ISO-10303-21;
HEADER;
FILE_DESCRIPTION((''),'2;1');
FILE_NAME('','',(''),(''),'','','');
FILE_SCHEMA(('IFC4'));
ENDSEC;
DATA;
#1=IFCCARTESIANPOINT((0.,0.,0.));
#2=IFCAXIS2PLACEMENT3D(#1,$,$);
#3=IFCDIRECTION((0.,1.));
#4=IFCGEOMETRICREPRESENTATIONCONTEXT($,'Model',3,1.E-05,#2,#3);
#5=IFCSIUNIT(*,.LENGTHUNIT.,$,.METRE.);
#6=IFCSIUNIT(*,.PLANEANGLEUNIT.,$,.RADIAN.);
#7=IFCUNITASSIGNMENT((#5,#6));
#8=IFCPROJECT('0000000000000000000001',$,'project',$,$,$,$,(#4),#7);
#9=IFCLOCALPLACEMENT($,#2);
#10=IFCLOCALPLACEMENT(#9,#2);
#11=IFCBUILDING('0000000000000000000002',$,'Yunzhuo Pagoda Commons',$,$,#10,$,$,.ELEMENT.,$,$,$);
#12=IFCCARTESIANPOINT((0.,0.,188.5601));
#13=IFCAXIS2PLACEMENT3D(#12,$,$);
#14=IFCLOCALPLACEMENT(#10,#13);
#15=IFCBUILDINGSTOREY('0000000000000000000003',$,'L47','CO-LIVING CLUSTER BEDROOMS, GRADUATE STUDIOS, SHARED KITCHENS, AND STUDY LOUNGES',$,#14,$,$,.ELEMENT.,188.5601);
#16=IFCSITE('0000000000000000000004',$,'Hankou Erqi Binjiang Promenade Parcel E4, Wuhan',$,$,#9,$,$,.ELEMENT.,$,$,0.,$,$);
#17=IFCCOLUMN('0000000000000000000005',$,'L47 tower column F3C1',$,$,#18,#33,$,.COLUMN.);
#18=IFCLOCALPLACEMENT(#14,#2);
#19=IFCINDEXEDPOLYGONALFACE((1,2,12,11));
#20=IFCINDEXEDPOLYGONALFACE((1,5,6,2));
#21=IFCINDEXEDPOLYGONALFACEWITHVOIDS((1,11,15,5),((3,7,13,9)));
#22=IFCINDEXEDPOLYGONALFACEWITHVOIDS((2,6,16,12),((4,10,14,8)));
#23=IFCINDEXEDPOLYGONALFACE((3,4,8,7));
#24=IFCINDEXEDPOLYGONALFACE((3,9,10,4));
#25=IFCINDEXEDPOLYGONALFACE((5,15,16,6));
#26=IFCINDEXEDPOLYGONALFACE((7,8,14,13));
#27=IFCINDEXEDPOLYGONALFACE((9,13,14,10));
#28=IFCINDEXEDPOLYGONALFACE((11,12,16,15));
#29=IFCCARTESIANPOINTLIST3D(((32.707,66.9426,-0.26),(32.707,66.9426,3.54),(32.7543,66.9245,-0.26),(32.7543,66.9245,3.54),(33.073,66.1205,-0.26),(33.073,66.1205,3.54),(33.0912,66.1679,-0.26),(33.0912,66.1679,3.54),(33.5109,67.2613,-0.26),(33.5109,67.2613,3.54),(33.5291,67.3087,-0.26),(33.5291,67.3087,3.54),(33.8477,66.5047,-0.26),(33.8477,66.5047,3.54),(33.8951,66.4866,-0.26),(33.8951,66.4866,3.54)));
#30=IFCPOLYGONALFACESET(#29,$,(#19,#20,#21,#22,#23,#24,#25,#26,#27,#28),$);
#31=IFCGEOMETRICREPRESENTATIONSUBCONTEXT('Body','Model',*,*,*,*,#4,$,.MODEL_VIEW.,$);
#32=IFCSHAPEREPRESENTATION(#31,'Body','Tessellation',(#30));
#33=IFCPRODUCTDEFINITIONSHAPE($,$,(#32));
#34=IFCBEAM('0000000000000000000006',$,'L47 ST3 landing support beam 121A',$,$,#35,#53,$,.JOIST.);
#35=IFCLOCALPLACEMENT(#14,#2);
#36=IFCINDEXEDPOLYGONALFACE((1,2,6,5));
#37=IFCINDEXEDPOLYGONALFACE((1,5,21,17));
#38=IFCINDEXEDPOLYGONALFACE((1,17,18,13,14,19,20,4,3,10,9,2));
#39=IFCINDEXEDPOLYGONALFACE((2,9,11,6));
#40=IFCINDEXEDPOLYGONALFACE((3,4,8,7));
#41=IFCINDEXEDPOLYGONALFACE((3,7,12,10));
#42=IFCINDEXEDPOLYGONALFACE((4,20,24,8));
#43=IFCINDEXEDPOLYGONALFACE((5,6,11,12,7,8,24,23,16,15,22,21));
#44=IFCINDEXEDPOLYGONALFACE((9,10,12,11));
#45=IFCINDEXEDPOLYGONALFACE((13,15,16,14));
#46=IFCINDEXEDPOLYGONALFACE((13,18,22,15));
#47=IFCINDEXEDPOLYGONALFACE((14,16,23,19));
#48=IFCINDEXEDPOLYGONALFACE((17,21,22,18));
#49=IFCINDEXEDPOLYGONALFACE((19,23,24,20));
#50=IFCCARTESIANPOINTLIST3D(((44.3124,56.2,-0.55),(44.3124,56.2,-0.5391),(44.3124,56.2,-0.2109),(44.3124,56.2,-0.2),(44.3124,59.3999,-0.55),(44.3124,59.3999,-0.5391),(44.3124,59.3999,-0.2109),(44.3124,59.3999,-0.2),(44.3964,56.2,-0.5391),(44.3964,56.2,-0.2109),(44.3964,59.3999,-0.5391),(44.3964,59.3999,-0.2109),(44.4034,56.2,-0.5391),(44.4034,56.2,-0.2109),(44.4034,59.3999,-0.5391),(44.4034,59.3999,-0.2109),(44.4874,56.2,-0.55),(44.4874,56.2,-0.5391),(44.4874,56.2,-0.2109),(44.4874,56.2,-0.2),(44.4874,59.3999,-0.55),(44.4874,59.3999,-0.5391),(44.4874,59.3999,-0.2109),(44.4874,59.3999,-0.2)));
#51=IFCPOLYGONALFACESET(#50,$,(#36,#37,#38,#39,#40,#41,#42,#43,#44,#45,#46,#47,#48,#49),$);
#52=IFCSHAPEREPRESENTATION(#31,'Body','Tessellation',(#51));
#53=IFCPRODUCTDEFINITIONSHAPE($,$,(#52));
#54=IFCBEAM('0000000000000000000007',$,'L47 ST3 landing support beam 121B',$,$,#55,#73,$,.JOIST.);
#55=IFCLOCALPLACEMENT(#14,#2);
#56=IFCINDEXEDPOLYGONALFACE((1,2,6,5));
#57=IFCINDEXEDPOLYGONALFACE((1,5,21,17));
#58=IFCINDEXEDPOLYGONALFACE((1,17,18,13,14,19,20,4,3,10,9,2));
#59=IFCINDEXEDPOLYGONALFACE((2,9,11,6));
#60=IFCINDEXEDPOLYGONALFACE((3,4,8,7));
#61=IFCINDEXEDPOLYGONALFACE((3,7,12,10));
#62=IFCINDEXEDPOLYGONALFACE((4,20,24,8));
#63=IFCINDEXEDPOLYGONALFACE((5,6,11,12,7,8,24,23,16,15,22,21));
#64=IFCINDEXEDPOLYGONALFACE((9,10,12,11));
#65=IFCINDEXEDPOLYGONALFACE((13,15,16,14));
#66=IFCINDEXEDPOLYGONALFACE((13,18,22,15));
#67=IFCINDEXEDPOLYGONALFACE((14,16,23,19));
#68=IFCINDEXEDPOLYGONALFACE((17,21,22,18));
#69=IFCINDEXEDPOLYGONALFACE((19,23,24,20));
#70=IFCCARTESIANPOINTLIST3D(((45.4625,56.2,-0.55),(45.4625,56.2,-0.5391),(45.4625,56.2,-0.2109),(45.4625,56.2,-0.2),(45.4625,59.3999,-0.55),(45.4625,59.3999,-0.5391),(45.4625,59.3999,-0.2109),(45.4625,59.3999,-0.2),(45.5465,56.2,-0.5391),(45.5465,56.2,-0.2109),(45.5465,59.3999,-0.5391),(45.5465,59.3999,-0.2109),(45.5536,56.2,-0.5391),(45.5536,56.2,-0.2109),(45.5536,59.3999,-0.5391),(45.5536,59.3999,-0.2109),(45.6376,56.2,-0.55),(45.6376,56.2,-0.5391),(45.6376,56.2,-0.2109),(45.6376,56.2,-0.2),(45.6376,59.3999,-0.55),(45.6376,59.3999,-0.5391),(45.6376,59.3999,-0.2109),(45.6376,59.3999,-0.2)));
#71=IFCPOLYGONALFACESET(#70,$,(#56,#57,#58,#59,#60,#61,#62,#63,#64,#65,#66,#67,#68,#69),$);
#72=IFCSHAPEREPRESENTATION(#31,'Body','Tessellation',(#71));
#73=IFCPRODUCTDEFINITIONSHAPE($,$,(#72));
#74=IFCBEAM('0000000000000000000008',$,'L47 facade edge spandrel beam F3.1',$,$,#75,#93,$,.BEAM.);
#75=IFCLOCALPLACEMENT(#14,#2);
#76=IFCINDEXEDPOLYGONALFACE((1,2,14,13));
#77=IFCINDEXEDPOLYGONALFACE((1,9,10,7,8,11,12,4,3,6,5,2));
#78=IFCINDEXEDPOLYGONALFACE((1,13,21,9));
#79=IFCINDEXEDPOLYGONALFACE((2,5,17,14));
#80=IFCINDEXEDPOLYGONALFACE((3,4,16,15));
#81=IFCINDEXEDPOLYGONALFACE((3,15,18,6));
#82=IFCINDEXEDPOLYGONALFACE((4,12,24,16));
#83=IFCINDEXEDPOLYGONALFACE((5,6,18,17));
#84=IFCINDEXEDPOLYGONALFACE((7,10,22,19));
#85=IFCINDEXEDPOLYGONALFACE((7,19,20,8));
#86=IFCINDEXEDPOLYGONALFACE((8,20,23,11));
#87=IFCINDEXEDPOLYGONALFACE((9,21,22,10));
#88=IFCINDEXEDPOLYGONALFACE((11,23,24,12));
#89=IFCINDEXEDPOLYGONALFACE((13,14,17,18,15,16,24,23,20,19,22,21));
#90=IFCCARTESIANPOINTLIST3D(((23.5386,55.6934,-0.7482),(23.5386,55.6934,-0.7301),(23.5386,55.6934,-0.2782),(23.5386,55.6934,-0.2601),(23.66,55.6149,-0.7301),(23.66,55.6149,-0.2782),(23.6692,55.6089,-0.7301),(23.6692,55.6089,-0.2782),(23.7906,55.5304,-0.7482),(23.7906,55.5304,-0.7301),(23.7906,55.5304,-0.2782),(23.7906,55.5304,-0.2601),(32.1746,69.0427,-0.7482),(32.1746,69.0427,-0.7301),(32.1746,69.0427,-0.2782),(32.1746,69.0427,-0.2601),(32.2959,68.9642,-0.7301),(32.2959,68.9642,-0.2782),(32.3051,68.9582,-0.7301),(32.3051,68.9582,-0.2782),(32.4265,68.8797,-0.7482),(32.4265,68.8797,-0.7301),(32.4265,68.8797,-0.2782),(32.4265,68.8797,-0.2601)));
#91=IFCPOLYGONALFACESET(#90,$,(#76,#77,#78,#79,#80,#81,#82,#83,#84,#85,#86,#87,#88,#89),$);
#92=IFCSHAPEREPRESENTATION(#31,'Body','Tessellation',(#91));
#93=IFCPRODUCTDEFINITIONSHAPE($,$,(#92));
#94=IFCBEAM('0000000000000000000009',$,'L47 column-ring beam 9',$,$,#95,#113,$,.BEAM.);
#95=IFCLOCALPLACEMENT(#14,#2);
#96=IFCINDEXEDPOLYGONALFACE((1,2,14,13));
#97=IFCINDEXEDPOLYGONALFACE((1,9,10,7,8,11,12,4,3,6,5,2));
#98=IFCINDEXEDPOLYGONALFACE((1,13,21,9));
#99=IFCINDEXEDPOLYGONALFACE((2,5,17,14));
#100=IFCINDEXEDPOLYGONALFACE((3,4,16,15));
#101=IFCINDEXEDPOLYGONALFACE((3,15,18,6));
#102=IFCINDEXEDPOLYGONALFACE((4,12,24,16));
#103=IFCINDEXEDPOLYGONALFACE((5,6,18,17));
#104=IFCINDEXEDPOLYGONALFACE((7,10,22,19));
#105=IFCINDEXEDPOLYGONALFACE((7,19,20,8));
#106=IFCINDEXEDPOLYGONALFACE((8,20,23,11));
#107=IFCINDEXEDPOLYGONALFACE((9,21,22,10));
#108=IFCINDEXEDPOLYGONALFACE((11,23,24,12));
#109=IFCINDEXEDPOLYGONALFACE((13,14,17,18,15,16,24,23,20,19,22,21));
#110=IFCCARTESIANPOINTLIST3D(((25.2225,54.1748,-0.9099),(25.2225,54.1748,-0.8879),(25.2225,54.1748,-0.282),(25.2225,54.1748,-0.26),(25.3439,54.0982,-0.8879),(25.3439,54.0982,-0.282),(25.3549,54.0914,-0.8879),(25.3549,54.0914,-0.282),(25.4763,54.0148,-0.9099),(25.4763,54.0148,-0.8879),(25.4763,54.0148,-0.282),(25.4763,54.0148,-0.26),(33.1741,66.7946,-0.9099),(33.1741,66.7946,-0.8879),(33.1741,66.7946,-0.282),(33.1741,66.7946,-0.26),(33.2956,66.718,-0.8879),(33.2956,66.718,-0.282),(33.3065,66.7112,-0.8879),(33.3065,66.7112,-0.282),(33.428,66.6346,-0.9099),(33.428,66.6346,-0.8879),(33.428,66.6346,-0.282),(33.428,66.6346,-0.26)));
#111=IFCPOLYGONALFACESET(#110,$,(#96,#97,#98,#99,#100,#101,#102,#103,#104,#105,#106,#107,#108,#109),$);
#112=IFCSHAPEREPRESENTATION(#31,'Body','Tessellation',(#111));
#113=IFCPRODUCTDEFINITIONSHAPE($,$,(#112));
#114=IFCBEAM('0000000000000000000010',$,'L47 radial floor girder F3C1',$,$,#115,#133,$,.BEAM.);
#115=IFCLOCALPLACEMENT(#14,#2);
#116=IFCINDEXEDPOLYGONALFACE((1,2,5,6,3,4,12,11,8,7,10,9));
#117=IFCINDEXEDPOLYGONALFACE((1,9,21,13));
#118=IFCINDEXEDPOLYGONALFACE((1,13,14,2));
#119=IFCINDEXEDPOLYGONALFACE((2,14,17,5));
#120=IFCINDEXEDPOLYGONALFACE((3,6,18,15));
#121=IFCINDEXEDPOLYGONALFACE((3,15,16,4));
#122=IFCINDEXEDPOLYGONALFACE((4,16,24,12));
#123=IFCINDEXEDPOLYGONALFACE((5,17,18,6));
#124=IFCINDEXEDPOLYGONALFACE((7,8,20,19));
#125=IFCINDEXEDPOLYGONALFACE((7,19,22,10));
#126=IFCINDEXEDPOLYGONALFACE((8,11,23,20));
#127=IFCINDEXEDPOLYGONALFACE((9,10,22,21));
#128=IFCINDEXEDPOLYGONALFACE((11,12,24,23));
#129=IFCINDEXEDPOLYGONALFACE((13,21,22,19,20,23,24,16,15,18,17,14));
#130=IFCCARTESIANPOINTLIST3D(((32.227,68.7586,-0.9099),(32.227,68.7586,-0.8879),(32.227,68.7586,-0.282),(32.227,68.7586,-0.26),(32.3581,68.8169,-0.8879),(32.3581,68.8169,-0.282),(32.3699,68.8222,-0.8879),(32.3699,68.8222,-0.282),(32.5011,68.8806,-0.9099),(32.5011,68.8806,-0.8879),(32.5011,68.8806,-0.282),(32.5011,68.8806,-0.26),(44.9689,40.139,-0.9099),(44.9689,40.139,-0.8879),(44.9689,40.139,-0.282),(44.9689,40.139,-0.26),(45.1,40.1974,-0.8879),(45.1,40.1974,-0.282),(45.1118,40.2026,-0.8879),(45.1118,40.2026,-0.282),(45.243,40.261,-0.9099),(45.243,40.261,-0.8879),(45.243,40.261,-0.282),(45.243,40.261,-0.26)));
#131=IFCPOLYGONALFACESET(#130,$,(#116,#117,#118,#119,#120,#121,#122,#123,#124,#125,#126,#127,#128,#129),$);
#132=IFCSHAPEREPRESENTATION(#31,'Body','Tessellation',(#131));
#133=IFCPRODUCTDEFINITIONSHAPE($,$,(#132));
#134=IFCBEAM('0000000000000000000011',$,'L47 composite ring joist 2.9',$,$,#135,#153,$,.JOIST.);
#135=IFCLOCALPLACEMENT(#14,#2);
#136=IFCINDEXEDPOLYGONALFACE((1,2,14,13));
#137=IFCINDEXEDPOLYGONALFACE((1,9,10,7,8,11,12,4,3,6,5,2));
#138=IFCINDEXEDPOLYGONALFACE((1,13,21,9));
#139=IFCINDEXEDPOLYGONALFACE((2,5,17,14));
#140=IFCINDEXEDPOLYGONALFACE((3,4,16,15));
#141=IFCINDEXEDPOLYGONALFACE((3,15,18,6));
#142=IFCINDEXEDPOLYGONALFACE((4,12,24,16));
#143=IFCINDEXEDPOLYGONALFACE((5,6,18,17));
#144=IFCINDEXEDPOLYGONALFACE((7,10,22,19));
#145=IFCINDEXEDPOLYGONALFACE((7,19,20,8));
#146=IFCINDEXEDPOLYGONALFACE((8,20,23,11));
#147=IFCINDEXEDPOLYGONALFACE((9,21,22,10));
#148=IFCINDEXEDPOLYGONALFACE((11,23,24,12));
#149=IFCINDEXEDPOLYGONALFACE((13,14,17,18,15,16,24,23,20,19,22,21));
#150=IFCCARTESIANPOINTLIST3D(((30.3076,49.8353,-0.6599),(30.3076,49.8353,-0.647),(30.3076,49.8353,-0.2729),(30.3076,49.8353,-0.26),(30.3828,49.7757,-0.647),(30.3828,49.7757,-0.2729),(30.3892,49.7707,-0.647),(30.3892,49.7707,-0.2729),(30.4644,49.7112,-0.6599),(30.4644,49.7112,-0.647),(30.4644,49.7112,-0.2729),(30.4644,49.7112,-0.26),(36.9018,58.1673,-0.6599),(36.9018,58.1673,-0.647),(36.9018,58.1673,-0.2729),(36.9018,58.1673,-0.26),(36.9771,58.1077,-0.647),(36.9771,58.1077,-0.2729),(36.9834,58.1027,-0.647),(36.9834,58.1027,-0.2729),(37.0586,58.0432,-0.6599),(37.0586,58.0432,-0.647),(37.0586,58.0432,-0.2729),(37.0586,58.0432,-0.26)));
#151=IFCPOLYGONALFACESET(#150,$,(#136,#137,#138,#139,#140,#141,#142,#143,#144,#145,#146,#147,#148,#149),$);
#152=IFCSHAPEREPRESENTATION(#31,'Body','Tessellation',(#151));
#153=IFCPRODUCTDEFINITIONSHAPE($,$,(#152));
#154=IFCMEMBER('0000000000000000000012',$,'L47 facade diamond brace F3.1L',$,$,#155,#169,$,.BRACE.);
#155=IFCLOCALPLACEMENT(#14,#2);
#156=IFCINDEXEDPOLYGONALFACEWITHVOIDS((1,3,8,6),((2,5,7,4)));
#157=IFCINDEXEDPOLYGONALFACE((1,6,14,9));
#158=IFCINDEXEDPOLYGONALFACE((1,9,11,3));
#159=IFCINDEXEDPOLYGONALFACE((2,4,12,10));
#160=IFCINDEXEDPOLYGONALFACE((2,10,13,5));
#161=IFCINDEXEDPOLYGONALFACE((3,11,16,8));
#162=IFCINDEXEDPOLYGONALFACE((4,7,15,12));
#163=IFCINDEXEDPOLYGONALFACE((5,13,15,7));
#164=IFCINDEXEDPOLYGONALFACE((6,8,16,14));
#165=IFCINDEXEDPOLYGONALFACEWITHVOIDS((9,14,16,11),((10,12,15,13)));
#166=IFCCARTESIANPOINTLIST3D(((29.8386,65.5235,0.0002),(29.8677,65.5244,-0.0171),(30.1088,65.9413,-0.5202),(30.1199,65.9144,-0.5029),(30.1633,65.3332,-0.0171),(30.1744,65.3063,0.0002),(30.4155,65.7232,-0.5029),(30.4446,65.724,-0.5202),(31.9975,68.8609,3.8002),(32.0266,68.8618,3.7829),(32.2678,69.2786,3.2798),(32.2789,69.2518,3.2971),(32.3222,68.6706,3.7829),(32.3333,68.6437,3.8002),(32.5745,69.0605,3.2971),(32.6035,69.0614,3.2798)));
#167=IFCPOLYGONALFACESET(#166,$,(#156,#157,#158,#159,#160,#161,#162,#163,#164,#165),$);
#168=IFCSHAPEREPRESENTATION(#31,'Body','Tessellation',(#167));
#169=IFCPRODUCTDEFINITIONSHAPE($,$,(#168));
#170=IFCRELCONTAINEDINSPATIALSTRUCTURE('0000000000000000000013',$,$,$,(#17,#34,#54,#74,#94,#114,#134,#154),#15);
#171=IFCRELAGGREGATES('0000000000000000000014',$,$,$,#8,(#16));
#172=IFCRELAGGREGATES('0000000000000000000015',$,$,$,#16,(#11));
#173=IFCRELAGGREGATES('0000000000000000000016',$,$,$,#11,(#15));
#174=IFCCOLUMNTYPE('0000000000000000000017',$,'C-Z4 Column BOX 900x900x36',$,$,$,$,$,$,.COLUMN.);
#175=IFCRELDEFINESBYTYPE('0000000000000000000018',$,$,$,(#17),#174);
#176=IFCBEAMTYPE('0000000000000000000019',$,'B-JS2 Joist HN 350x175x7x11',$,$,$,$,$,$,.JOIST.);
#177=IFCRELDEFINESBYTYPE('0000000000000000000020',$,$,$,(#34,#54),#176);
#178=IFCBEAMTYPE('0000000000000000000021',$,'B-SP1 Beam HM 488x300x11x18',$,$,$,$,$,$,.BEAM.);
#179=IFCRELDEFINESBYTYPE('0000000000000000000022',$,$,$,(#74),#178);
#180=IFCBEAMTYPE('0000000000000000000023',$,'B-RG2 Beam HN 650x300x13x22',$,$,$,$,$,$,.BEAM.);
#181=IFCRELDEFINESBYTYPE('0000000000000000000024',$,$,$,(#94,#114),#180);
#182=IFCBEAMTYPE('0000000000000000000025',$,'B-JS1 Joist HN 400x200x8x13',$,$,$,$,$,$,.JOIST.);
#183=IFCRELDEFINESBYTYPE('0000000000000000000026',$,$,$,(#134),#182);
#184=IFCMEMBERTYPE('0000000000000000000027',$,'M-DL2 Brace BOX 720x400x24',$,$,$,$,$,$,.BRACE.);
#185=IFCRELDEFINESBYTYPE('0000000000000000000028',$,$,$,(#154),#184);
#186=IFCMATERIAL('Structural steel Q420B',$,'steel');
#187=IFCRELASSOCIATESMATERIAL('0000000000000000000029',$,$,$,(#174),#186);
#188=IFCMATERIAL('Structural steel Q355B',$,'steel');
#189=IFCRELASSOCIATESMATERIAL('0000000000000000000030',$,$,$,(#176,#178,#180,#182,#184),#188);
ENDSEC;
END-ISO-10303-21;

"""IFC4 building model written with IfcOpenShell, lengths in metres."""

from ifc_helpers import new_model, si_unit, direction, frame, origin, origin_2d, place, context, subcontext, project, spatial, hollow_rectangle, i_section, extrude, source, transform, mapped, material, material_profile, profile_set, type_object, element, save


model = new_model("IFC4")

# Units and contexts
model_context = context("Model", 3, precision=1e-05, world=origin(), true_north=direction((0.0, 1.0)))
body_context = subcontext(model_context, "Body", "Model", "MODEL_VIEW")
ifc_project = project(units=[si_unit("LENGTHUNIT", "METRE"), si_unit("PLANEANGLEUNIT", "RADIAN")], contexts=[model_context])

# Site, building, storey
site_placement = place(None, origin())
site = spatial("IfcSite", under=ifc_project, at=site_placement, Name="Hankou Erqi Binjiang Promenade Parcel E4, Wuhan", CompositionType="ELEMENT", RefElevation=0.0)
building_placement = place(site_placement, origin())
building = spatial("IfcBuilding", under=site, at=building_placement, Name="Yunzhuo Pagoda Commons", CompositionType="ELEMENT")
storey_placement = place(building_placement, frame((0.0, 0.0, 188.5601)))
storey = spatial("IfcBuildingStorey", under=building, at=storey_placement, Name="L47", Description="CO-LIVING CLUSTER BEDROOMS, GRADUATE STUDIOS, SHARED KITCHENS, AND STUDY LOUNGES", CompositionType="ELEMENT", Elevation=188.5601)

# Column
ifc_material_1 = material(Name="Structural steel Q420B", Category="steel")
ifc_material_profile_1 = material_profile(ifc_material_1, hollow_rectangle(XDim=0.8999, YDim=0.8999, WallThickness=0.0359, at=origin_2d()), Name="Structural steel Q420B")
ifc_profile_set_1 = profile_set([ifc_material_profile_1], Name="Structural steel Q420B")
column_type = type_object("IfcColumnType", Name="C-Z4 Column BOX 900x900x36", PredefinedType="COLUMN", material=ifc_profile_set_1)
shared_shape_1 = source(origin(), body_context, "Body", "SweptSolid", [
    extrude(hollow_rectangle(XDim=0.8999, YDim=0.8999, WallThickness=0.0359, at=origin_2d()), origin(), (0.0, 0.0, 1.0), 3.8),
])
column_placement = place(storey_placement, frame((33.301, 66.7146, -0.26), z_axis=(0.0, 0.0, 1.0), x_axis=(-0.913545, -0.406737, 0.0)))
element("IfcColumn", 1, at=column_placement, inside=storey, type_object=column_type, Name="L47 tower column F3C1", PredefinedType="COLUMN", context=body_context, shape_type="MappedRepresentation", body=[
    mapped(shared_shape_1, transform((0.0, 0.0, 0.0), scale=1.0)),
])

# Beams
ifc_material_2 = material(Name="Structural steel Q355B", Category="steel")
ifc_material_profile_2 = material_profile(ifc_material_2, i_section(OverallWidth=0.175, OverallDepth=0.3501, WebThickness=0.0071, FlangeThickness=0.011, at=origin_2d()), Name="Structural steel Q355B")
ifc_profile_set_2 = profile_set([ifc_material_profile_2], Name="Structural steel Q355B")
beam_type_1 = type_object("IfcBeamType", Name="B-JS2 Joist HN 350x175x7x11", PredefinedType="JOIST", material=ifc_profile_set_2)
shared_shape_2 = source(origin(), body_context, "Body", "SweptSolid", [
    extrude(i_section(OverallWidth=0.175, OverallDepth=0.3501, WebThickness=0.0071, FlangeThickness=0.011, at=origin_2d()), origin(), (0.0, 0.0, 1.0), 3.2),
])
for number, where, z_axis, x_axis, name in (
    (2, (44.3999, 56.2, -0.375), (0.0, 1.0, 0.0), (-1.0, 0.0, 0.0), "L47 ST3 landing support beam 121A"),
    (3, (45.55, 56.2, -0.375), (0.0, 1.0, 0.0), (-1.0, 0.0, 0.0), "L47 ST3 landing support beam 121B"),
):
    element("IfcBeam", number, at=place(storey_placement, frame(where, z_axis=z_axis, x_axis=x_axis)), inside=storey, type_object=beam_type_1, Name=name, PredefinedType="JOIST", context=body_context, shape_type="MappedRepresentation", body=[
        mapped(shared_shape_2, transform((0.0, 0.0, 0.0), scale=1.0)),
    ])
ifc_material_profile_3 = material_profile(ifc_material_2, i_section(OverallWidth=0.3, OverallDepth=0.488, WebThickness=0.011, FlangeThickness=0.0181, at=origin_2d()), Name="Structural steel Q355B")
ifc_profile_set_3 = profile_set([ifc_material_profile_3], Name="Structural steel Q355B")
beam_type_2 = type_object("IfcBeamType", Name="B-SP1 Beam HM 488x300x11x18", PredefinedType="BEAM", material=ifc_profile_set_3)
shared_shape_3 = source(origin(), body_context, "Body", "SweptSolid", [
    extrude(i_section(OverallWidth=0.3, OverallDepth=0.488, WebThickness=0.011, FlangeThickness=0.0181, at=origin_2d()), origin(), (0.0, 0.0, 1.0), 15.8992),
])
beam_1_placement = place(storey_placement, frame((32.3005, 68.9612, -0.5042), z_axis=(-0.54317, -0.839623, 0.0), x_axis=(0.839623, -0.54317, 0.0)))
element("IfcBeam", 4, at=beam_1_placement, inside=storey, type_object=beam_type_2, Name="L47 facade edge spandrel beam F3.1", PredefinedType="BEAM", context=body_context, shape_type="MappedRepresentation", body=[
    mapped(shared_shape_3, transform((0.0, 0.0, 0.0), scale=1.0)),
])
ifc_material_profile_4 = material_profile(ifc_material_2, i_section(OverallWidth=0.3, OverallDepth=0.6499, WebThickness=0.0129, FlangeThickness=0.022, at=origin_2d()), Name="Structural steel Q355B")
ifc_profile_set_4 = profile_set([ifc_material_profile_4], Name="Structural steel Q355B")
beam_type_3 = type_object("IfcBeamType", Name="B-RG2 Beam HN 650x300x13x22", PredefinedType="BEAM", material=ifc_profile_set_4)
shared_shape_4 = source(origin(), body_context, "Body", "SweptSolid", [
    extrude(i_section(OverallWidth=0.3, OverallDepth=0.6499, WebThickness=0.0129, FlangeThickness=0.022, at=origin_2d()), origin(), (0.0, 0.0, 1.0), 14.916),
])
beam_2_placement = place(storey_placement, frame((33.301, 66.7146, -0.585), z_axis=(-0.533092, -0.846057, 0.0), x_axis=(0.846057, -0.533092, 0.0)))
element("IfcBeam", 5, at=beam_2_placement, inside=storey, type_object=beam_type_3, Name="L47 column-ring beam 9", PredefinedType="BEAM", context=body_context, shape_type="MappedRepresentation", body=[
    mapped(shared_shape_4, transform((0.0, 0.0, 0.0), scale=1.0)),
])
shared_shape_5 = source(origin(), body_context, "Body", "SweptSolid", [
    extrude(i_section(OverallWidth=0.3, OverallDepth=0.6499, WebThickness=0.0129, FlangeThickness=0.022, at=origin_2d()), origin(), (0.0, 0.0, 1.0), 31.3279),
])
beam_3_placement = place(storey_placement, frame((32.364, 68.8196, -0.585), z_axis=(0.406728, -0.913549, 0.0), x_axis=(0.913549, 0.406728, 0.0)))
element("IfcBeam", 6, at=beam_3_placement, inside=storey, type_object=beam_type_3, Name="L47 radial floor girder F3C1", PredefinedType="BEAM", context=body_context, shape_type="MappedRepresentation", body=[
    mapped(shared_shape_5, transform((0.0, 0.0, 0.0), scale=1.0)),
])
ifc_material_profile_5 = material_profile(ifc_material_2, i_section(OverallWidth=0.2, OverallDepth=0.3999, WebThickness=0.0081, FlangeThickness=0.0129, at=origin_2d()), Name="Structural steel Q355B")
ifc_profile_set_5 = profile_set([ifc_material_profile_5], Name="Structural steel Q355B")
beam_type_4 = type_object("IfcBeamType", Name="B-JS1 Joist HN 400x200x8x13", PredefinedType="JOIST", material=ifc_profile_set_5)
shared_shape_6 = source(origin(), body_context, "Body", "SweptSolid", [
    extrude(i_section(OverallWidth=0.2, OverallDepth=0.3999, WebThickness=0.0081, FlangeThickness=0.0129, at=origin_2d()), origin(), (0.0, 0.0, 1.0), 10.6257),
])
beam_4_placement = place(storey_placement, frame((36.9802, 58.1052, -0.46), z_axis=(-0.62059, -0.784135, 0.0), x_axis=(0.784135, -0.62059, 0.0)))
element("IfcBeam", 7, at=beam_4_placement, inside=storey, type_object=beam_type_4, Name="L47 composite ring joist 2.9", PredefinedType="JOIST", context=body_context, shape_type="MappedRepresentation", body=[
    mapped(shared_shape_6, transform((0.0, 0.0, 0.0), scale=1.0)),
])

# Member
ifc_material_profile_6 = material_profile(ifc_material_2, hollow_rectangle(XDim=0.3999, YDim=0.72, WallThickness=0.0239, at=origin_2d()), Name="Structural steel Q355B")
ifc_profile_set_6 = profile_set([ifc_material_profile_6], Name="Structural steel Q355B")
member_type_1 = type_object("IfcMemberType", Name="M-DL2 Brace BOX 720x400x24", PredefinedType="BRACE", material=ifc_profile_set_6)
shared_shape_7 = source(origin(), body_context, "Body", "SweptSolid", [
    extrude(hollow_rectangle(XDim=0.3999, YDim=0.72, WallThickness=0.0239, at=origin_2d()), origin(), (0.0, 0.0, 1.0), 5.499),
])
for number, where, z_axis, x_axis, name in (
    (8, (30.1416, 65.6238, -0.26), (0.392601, 0.606904, 0.691036), (-0.839634, 0.543152, 0.0), "L47 facade diamond brace F3.1L"),
):
    element("IfcMember", number, at=place(storey_placement, frame(where, z_axis=z_axis, x_axis=x_axis)), inside=storey, type_object=member_type_1, Name=name, PredefinedType="BRACE", context=body_context, shape_type="MappedRepresentation", body=[
        mapped(shared_shape_7, transform((0.0, 0.0, 0.0), scale=1.0)),
    ])

save(model, "model.ifc")
